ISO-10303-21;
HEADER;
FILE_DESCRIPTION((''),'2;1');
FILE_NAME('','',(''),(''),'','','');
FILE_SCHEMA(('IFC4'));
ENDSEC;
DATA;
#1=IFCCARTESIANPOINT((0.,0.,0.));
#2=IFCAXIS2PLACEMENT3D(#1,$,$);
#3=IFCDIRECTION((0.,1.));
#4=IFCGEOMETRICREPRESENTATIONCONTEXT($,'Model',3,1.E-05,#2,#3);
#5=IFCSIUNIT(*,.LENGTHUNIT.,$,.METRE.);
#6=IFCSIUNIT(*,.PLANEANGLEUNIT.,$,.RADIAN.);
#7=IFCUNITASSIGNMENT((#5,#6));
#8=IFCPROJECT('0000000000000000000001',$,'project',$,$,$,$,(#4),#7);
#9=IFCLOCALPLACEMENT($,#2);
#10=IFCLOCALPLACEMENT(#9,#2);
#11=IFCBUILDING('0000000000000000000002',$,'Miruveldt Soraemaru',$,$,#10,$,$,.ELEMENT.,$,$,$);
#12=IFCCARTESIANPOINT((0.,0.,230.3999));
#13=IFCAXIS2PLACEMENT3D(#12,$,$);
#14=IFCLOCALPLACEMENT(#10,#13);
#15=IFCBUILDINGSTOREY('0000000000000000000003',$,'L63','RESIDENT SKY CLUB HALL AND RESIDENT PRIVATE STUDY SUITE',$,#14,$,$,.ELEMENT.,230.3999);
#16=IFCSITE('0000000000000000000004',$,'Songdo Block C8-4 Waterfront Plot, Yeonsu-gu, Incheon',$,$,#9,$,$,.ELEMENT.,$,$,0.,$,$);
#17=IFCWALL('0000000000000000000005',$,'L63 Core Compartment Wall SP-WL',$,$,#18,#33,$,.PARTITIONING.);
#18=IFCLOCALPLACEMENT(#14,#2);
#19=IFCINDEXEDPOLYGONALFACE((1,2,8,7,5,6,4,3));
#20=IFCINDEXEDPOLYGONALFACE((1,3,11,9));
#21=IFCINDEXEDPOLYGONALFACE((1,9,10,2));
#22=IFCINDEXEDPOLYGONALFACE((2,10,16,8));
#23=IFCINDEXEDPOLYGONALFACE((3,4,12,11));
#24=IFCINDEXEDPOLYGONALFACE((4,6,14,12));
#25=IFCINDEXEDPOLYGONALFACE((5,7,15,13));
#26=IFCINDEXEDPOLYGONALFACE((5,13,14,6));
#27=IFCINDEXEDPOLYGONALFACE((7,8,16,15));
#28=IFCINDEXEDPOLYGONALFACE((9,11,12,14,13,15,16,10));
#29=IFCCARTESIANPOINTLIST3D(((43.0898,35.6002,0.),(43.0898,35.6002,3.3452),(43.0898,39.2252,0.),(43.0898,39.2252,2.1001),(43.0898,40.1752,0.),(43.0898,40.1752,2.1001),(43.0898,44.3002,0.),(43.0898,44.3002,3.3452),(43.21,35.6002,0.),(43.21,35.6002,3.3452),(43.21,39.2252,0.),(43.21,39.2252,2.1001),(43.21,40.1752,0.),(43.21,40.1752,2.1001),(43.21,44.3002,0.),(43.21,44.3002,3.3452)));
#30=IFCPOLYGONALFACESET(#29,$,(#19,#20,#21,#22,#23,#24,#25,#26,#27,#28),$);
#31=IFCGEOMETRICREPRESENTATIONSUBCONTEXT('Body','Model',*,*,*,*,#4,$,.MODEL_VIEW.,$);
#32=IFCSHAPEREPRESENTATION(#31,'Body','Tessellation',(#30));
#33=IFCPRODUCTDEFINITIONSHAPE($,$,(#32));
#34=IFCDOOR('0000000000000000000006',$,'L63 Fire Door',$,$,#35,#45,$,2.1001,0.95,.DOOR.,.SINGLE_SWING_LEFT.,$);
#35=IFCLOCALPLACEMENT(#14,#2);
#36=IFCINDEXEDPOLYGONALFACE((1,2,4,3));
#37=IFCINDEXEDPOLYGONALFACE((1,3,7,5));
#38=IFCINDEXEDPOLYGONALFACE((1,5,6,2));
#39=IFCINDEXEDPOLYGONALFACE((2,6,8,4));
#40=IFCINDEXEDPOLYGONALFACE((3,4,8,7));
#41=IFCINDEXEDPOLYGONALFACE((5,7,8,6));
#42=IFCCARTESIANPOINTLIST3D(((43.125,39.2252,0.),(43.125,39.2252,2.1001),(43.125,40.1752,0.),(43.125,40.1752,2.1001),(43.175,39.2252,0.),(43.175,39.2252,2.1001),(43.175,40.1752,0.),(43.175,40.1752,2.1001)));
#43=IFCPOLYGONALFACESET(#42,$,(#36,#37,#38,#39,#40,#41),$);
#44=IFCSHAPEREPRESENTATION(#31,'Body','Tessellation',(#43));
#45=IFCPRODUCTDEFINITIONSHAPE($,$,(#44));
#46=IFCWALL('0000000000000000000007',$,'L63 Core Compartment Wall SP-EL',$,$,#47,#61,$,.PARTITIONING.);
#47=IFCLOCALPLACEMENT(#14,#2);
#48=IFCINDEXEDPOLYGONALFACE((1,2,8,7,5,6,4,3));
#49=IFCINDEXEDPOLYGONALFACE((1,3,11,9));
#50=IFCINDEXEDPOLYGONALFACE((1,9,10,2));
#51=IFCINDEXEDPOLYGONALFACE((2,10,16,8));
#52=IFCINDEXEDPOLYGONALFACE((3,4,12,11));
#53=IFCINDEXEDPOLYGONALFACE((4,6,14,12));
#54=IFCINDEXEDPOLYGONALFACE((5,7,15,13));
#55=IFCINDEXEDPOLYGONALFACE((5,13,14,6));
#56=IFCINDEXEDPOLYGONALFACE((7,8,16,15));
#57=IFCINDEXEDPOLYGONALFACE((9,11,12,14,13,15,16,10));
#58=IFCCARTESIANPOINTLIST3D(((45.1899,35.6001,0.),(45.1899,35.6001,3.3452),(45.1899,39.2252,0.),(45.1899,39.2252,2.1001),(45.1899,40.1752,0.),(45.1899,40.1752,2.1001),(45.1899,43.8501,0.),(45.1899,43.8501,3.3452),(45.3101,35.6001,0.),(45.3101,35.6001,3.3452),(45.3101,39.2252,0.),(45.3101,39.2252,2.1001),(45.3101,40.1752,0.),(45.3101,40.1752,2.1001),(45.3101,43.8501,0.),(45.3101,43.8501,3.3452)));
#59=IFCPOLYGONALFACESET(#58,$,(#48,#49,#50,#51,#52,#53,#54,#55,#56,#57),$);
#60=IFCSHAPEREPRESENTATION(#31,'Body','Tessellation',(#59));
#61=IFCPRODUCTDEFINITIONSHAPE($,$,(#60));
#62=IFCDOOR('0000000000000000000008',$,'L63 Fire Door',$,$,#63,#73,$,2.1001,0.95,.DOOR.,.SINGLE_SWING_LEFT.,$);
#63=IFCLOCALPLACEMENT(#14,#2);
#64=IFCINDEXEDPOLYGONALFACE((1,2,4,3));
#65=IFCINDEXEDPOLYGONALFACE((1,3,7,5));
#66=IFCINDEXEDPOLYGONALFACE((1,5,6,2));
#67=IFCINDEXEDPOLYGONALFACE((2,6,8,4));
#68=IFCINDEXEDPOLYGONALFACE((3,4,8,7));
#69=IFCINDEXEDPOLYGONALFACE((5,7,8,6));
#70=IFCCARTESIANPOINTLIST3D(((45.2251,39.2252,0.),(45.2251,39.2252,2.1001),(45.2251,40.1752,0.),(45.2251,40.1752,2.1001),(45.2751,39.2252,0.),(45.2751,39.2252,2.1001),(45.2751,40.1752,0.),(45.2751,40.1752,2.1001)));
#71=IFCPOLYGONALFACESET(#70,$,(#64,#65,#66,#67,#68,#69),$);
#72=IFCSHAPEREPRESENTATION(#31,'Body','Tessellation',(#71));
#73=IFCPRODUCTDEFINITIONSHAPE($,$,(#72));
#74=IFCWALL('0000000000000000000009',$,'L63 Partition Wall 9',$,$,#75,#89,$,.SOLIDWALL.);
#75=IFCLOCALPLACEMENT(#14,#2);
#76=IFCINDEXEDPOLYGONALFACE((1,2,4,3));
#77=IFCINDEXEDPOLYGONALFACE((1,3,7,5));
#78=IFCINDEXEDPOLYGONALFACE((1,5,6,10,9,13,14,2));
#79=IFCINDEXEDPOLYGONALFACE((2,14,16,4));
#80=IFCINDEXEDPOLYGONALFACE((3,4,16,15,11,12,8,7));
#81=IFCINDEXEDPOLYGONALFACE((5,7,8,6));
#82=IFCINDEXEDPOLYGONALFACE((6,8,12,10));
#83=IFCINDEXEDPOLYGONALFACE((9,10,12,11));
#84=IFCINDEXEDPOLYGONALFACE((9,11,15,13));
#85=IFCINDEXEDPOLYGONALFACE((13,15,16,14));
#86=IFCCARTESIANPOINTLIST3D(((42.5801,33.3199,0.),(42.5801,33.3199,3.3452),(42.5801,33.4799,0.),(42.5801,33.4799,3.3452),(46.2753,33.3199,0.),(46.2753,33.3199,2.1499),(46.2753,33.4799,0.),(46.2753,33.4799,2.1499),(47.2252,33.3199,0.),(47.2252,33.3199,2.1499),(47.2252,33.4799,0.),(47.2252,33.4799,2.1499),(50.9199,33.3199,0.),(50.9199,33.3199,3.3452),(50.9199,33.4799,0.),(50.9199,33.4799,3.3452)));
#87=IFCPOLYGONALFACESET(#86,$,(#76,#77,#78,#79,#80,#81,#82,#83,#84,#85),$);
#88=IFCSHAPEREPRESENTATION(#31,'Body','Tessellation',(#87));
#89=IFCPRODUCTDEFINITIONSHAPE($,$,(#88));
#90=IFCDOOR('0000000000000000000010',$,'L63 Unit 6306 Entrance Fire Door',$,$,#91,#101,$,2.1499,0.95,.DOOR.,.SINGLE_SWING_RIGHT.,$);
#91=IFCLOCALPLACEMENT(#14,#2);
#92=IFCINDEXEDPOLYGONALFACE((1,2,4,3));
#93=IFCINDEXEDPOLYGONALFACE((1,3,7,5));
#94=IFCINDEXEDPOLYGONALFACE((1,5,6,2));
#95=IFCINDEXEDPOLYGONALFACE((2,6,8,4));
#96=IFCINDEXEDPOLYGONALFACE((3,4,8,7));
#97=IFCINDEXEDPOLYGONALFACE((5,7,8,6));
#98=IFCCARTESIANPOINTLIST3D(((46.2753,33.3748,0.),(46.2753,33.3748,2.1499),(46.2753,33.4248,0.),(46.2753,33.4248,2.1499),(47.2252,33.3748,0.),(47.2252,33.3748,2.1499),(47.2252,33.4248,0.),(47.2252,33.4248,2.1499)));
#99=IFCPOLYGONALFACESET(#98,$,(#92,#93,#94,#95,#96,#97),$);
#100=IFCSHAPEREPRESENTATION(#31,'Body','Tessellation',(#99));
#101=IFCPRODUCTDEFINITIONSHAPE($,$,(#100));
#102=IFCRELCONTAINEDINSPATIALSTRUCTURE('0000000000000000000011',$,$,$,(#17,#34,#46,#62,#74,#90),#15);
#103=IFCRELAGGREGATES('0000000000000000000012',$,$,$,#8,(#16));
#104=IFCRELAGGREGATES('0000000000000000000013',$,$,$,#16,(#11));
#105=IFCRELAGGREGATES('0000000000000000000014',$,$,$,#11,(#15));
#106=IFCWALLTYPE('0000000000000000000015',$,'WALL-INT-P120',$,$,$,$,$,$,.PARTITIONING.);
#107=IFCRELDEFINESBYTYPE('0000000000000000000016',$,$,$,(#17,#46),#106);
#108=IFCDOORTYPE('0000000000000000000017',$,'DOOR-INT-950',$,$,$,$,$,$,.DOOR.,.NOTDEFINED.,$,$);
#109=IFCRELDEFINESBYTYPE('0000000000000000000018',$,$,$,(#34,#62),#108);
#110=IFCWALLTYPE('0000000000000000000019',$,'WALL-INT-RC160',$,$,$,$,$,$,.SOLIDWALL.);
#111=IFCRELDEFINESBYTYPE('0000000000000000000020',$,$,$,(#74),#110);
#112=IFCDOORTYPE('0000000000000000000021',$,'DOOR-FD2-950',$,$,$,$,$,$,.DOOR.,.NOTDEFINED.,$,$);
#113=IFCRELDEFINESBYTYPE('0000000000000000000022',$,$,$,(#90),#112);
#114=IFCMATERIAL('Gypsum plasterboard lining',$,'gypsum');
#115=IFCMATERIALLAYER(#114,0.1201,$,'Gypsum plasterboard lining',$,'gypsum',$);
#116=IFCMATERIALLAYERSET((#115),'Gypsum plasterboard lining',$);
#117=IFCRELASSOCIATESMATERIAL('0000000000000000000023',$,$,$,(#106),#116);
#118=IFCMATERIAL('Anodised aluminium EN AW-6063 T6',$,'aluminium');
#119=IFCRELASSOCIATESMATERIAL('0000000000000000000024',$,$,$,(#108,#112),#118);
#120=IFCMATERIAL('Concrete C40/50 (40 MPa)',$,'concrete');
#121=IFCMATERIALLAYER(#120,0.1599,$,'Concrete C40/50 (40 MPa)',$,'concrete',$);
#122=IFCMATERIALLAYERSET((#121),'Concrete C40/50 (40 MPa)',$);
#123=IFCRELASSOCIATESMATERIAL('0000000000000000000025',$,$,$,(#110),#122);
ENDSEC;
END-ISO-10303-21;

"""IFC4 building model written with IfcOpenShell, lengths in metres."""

from ifc_helpers import new_model, si_unit, direction, frame, frame_2d, origin, place, context, subcontext, project, spatial, rectangle, extrude, material, layer, layer_set, type_object, element, fill, save


model = new_model("IFC4")

# Units and contexts
model_context = context("Model", 3, precision=1e-05, world=origin(), true_north=direction((0.0, 1.0)))
body_context = subcontext(model_context, "Body", "Model", "MODEL_VIEW")
ifc_project = project(units=[si_unit("LENGTHUNIT", "METRE"), si_unit("PLANEANGLEUNIT", "RADIAN")], contexts=[model_context])

# Site, building, storey
site_placement = place(None, origin())
site = spatial("IfcSite", under=ifc_project, at=site_placement, Name="Songdo Block C8-4 Waterfront Plot, Yeonsu-gu, Incheon", CompositionType="ELEMENT", RefElevation=0.0)
building_placement = place(site_placement, origin())
building = spatial("IfcBuilding", under=site, at=building_placement, Name="Miruveldt Soraemaru", CompositionType="ELEMENT")
storey_placement = place(building_placement, frame((0.0, 0.0, 230.3999)))
storey = spatial("IfcBuildingStorey", under=building, at=storey_placement, Name="L63", Description="RESIDENT SKY CLUB HALL AND RESIDENT PRIVATE STUDY SUITE", CompositionType="ELEMENT", Elevation=230.3999)

# Shared definitions
ifc_material_1 = material(Name="Gypsum plasterboard lining", Category="gypsum")
ifc_material_2 = material(Name="Anodised aluminium EN AW-6063 T6", Category="aluminium")

# Walls, openings, doors
ifc_layer_1 = layer(ifc_material_1, 0.1201, Name="Gypsum plasterboard lining", Category="gypsum")
ifc_layer_set_1 = layer_set([ifc_layer_1], Name="Gypsum plasterboard lining")
wall_type_1 = type_object("IfcWallType", Name="WALL-INT-P120", PredefinedType="PARTITIONING", material=ifc_layer_set_1)
wall_1_placement = place(storey_placement, frame((43.1499, 35.6001, 0.0), z_axis=(0.0, 0.0, 1.0), x_axis=(0.0, 1.0, 0.0)))
wall_1 = element("IfcWall", 1, at=wall_1_placement, inside=storey, type_object=wall_type_1, Name="L63 Core Compartment Wall SP-WL", PredefinedType="PARTITIONING", context=body_context, shape_type="SweptSolid", body=[
    extrude(rectangle(XDim=8.7, YDim=0.1201, at=frame_2d((4.3501, 0.0))), origin(), (0.0, 0.0, 1.0), 3.3452),
])
opening_1_placement = place(wall_1_placement, frame((3.625, 0.0, 0.0)))
opening_1 = element("IfcOpeningElement", 2, at=opening_1_placement, cuts=wall_1, PredefinedType="OPENING", context=body_context, shape_type="SweptSolid", body=[
    extrude(rectangle(XDim=0.95, YDim=2.1001, at=frame_2d((0.4751, 1.05))), frame((0.0, 0.0701, 0.0), z_axis=(0.0, -1.0, 0.0), x_axis=(1.0, 0.0, 0.0)), (0.0, 0.0, 1.0), 0.1401),
])
door_type_1 = type_object("IfcDoorType", Name="DOOR-INT-950", OperationType="NOTDEFINED", PredefinedType="DOOR", material=ifc_material_2)
door_1_placement = place(opening_1_placement, origin())
door_1 = element("IfcDoor", 3, at=door_1_placement, inside=storey, type_object=door_type_1, Name="L63 Fire Door", OperationType="SINGLE_SWING_LEFT", OverallHeight=2.1001, OverallWidth=0.95, PredefinedType="DOOR", context=body_context, shape_type="SweptSolid", body=[
    extrude(rectangle(XDim=0.95, YDim=2.1001, at=frame_2d((0.4751, 1.05))), frame((0.0, 0.0249, 0.0), z_axis=(0.0, -1.0, 0.0), x_axis=(1.0, 0.0, 0.0)), (0.0, 0.0, 1.0), 0.05),
])
fill(opening_1, door_1)
wall_2_placement = place(storey_placement, frame((45.25, 35.6001, 0.0), z_axis=(0.0, 0.0, 1.0), x_axis=(0.0, 1.0, 0.0)))
wall_2 = element("IfcWall", 4, at=wall_2_placement, inside=storey, type_object=wall_type_1, Name="L63 Core Compartment Wall SP-EL", PredefinedType="PARTITIONING", context=body_context, shape_type="SweptSolid", body=[
    extrude(rectangle(XDim=8.25, YDim=0.1201, at=frame_2d((4.125, 0.0))), origin(), (0.0, 0.0, 1.0), 3.3452),
])
opening_2_placement = place(wall_2_placement, frame((3.625, 0.0, 0.0)))
opening_2 = element("IfcOpeningElement", 5, at=opening_2_placement, cuts=wall_2, PredefinedType="OPENING", context=body_context, shape_type="SweptSolid", body=[
    extrude(rectangle(XDim=0.95, YDim=2.1001, at=frame_2d((0.4751, 1.05))), frame((0.0, 0.0701, 0.0), z_axis=(0.0, -1.0, 0.0), x_axis=(1.0, 0.0, 0.0)), (0.0, 0.0, 1.0), 0.1401),
])
door_2_placement = place(opening_2_placement, origin())
door_2 = element("IfcDoor", 6, at=door_2_placement, inside=storey, type_object=door_type_1, Name="L63 Fire Door", OperationType="SINGLE_SWING_LEFT", OverallHeight=2.1001, OverallWidth=0.95, PredefinedType="DOOR", context=body_context, shape_type="SweptSolid", body=[
    extrude(rectangle(XDim=0.95, YDim=2.1001, at=frame_2d((0.4751, 1.05))), frame((0.0, 0.0249, 0.0), z_axis=(0.0, -1.0, 0.0), x_axis=(1.0, 0.0, 0.0)), (0.0, 0.0, 1.0), 0.05),
])
fill(opening_2, door_2)
ifc_material_3 = material(Name="Concrete C40/50 (40 MPa)", Category="concrete")
ifc_layer_2 = layer(ifc_material_3, 0.1599, Name="Concrete C40/50 (40 MPa)", Category="concrete")
ifc_layer_set_2 = layer_set([ifc_layer_2], Name="Concrete C40/50 (40 MPa)")
wall_type_2 = type_object("IfcWallType", Name="WALL-INT-RC160", PredefinedType="SOLIDWALL", material=ifc_layer_set_2)
wall_3_placement = place(storey_placement, frame((42.5801, 33.3999, 0.0), z_axis=(0.0, 0.0, 1.0), x_axis=(1.0, 0.0, 0.0)))
wall_3 = element("IfcWall", 7, at=wall_3_placement, inside=storey, type_object=wall_type_2, Name="L63 Partition Wall 9", PredefinedType="SOLIDWALL", context=body_context, shape_type="SweptSolid", body=[
    extrude(rectangle(XDim=8.3398, YDim=0.1599, at=frame_2d((4.1699, 0.0))), origin(), (0.0, 0.0, 1.0), 3.3452),
])
opening_3_placement = place(wall_3_placement, frame((3.6951, 0.0, 0.0)))
opening_3 = element("IfcOpeningElement", 8, at=opening_3_placement, cuts=wall_3, PredefinedType="OPENING", context=body_context, shape_type="SweptSolid", body=[
    extrude(rectangle(XDim=0.95, YDim=2.1499, at=frame_2d((0.4751, 1.075))), frame((0.0, 0.0898, 0.0), z_axis=(0.0, -1.0, 0.0), x_axis=(1.0, 0.0, 0.0)), (0.0, 0.0, 1.0), 0.1799),
])
door_type_2 = type_object("IfcDoorType", Name="DOOR-FD2-950", OperationType="NOTDEFINED", PredefinedType="DOOR", material=ifc_material_2)
door_3_placement = place(opening_3_placement, origin())
door_3 = element("IfcDoor", 9, at=door_3_placement, inside=storey, type_object=door_type_2, Name="L63 Unit 6306 Entrance Fire Door", OperationType="SINGLE_SWING_RIGHT", OverallHeight=2.1499, OverallWidth=0.95, PredefinedType="DOOR", context=body_context, shape_type="SweptSolid", body=[
    extrude(rectangle(XDim=0.95, YDim=2.1499, at=frame_2d((0.4751, 1.075))), frame((0.0, 0.0249, 0.0), z_axis=(0.0, -1.0, 0.0), x_axis=(1.0, 0.0, 0.0)), (0.0, 0.0, 1.0), 0.05),
])
fill(opening_3, door_3)

save(model, "model.ifc")
